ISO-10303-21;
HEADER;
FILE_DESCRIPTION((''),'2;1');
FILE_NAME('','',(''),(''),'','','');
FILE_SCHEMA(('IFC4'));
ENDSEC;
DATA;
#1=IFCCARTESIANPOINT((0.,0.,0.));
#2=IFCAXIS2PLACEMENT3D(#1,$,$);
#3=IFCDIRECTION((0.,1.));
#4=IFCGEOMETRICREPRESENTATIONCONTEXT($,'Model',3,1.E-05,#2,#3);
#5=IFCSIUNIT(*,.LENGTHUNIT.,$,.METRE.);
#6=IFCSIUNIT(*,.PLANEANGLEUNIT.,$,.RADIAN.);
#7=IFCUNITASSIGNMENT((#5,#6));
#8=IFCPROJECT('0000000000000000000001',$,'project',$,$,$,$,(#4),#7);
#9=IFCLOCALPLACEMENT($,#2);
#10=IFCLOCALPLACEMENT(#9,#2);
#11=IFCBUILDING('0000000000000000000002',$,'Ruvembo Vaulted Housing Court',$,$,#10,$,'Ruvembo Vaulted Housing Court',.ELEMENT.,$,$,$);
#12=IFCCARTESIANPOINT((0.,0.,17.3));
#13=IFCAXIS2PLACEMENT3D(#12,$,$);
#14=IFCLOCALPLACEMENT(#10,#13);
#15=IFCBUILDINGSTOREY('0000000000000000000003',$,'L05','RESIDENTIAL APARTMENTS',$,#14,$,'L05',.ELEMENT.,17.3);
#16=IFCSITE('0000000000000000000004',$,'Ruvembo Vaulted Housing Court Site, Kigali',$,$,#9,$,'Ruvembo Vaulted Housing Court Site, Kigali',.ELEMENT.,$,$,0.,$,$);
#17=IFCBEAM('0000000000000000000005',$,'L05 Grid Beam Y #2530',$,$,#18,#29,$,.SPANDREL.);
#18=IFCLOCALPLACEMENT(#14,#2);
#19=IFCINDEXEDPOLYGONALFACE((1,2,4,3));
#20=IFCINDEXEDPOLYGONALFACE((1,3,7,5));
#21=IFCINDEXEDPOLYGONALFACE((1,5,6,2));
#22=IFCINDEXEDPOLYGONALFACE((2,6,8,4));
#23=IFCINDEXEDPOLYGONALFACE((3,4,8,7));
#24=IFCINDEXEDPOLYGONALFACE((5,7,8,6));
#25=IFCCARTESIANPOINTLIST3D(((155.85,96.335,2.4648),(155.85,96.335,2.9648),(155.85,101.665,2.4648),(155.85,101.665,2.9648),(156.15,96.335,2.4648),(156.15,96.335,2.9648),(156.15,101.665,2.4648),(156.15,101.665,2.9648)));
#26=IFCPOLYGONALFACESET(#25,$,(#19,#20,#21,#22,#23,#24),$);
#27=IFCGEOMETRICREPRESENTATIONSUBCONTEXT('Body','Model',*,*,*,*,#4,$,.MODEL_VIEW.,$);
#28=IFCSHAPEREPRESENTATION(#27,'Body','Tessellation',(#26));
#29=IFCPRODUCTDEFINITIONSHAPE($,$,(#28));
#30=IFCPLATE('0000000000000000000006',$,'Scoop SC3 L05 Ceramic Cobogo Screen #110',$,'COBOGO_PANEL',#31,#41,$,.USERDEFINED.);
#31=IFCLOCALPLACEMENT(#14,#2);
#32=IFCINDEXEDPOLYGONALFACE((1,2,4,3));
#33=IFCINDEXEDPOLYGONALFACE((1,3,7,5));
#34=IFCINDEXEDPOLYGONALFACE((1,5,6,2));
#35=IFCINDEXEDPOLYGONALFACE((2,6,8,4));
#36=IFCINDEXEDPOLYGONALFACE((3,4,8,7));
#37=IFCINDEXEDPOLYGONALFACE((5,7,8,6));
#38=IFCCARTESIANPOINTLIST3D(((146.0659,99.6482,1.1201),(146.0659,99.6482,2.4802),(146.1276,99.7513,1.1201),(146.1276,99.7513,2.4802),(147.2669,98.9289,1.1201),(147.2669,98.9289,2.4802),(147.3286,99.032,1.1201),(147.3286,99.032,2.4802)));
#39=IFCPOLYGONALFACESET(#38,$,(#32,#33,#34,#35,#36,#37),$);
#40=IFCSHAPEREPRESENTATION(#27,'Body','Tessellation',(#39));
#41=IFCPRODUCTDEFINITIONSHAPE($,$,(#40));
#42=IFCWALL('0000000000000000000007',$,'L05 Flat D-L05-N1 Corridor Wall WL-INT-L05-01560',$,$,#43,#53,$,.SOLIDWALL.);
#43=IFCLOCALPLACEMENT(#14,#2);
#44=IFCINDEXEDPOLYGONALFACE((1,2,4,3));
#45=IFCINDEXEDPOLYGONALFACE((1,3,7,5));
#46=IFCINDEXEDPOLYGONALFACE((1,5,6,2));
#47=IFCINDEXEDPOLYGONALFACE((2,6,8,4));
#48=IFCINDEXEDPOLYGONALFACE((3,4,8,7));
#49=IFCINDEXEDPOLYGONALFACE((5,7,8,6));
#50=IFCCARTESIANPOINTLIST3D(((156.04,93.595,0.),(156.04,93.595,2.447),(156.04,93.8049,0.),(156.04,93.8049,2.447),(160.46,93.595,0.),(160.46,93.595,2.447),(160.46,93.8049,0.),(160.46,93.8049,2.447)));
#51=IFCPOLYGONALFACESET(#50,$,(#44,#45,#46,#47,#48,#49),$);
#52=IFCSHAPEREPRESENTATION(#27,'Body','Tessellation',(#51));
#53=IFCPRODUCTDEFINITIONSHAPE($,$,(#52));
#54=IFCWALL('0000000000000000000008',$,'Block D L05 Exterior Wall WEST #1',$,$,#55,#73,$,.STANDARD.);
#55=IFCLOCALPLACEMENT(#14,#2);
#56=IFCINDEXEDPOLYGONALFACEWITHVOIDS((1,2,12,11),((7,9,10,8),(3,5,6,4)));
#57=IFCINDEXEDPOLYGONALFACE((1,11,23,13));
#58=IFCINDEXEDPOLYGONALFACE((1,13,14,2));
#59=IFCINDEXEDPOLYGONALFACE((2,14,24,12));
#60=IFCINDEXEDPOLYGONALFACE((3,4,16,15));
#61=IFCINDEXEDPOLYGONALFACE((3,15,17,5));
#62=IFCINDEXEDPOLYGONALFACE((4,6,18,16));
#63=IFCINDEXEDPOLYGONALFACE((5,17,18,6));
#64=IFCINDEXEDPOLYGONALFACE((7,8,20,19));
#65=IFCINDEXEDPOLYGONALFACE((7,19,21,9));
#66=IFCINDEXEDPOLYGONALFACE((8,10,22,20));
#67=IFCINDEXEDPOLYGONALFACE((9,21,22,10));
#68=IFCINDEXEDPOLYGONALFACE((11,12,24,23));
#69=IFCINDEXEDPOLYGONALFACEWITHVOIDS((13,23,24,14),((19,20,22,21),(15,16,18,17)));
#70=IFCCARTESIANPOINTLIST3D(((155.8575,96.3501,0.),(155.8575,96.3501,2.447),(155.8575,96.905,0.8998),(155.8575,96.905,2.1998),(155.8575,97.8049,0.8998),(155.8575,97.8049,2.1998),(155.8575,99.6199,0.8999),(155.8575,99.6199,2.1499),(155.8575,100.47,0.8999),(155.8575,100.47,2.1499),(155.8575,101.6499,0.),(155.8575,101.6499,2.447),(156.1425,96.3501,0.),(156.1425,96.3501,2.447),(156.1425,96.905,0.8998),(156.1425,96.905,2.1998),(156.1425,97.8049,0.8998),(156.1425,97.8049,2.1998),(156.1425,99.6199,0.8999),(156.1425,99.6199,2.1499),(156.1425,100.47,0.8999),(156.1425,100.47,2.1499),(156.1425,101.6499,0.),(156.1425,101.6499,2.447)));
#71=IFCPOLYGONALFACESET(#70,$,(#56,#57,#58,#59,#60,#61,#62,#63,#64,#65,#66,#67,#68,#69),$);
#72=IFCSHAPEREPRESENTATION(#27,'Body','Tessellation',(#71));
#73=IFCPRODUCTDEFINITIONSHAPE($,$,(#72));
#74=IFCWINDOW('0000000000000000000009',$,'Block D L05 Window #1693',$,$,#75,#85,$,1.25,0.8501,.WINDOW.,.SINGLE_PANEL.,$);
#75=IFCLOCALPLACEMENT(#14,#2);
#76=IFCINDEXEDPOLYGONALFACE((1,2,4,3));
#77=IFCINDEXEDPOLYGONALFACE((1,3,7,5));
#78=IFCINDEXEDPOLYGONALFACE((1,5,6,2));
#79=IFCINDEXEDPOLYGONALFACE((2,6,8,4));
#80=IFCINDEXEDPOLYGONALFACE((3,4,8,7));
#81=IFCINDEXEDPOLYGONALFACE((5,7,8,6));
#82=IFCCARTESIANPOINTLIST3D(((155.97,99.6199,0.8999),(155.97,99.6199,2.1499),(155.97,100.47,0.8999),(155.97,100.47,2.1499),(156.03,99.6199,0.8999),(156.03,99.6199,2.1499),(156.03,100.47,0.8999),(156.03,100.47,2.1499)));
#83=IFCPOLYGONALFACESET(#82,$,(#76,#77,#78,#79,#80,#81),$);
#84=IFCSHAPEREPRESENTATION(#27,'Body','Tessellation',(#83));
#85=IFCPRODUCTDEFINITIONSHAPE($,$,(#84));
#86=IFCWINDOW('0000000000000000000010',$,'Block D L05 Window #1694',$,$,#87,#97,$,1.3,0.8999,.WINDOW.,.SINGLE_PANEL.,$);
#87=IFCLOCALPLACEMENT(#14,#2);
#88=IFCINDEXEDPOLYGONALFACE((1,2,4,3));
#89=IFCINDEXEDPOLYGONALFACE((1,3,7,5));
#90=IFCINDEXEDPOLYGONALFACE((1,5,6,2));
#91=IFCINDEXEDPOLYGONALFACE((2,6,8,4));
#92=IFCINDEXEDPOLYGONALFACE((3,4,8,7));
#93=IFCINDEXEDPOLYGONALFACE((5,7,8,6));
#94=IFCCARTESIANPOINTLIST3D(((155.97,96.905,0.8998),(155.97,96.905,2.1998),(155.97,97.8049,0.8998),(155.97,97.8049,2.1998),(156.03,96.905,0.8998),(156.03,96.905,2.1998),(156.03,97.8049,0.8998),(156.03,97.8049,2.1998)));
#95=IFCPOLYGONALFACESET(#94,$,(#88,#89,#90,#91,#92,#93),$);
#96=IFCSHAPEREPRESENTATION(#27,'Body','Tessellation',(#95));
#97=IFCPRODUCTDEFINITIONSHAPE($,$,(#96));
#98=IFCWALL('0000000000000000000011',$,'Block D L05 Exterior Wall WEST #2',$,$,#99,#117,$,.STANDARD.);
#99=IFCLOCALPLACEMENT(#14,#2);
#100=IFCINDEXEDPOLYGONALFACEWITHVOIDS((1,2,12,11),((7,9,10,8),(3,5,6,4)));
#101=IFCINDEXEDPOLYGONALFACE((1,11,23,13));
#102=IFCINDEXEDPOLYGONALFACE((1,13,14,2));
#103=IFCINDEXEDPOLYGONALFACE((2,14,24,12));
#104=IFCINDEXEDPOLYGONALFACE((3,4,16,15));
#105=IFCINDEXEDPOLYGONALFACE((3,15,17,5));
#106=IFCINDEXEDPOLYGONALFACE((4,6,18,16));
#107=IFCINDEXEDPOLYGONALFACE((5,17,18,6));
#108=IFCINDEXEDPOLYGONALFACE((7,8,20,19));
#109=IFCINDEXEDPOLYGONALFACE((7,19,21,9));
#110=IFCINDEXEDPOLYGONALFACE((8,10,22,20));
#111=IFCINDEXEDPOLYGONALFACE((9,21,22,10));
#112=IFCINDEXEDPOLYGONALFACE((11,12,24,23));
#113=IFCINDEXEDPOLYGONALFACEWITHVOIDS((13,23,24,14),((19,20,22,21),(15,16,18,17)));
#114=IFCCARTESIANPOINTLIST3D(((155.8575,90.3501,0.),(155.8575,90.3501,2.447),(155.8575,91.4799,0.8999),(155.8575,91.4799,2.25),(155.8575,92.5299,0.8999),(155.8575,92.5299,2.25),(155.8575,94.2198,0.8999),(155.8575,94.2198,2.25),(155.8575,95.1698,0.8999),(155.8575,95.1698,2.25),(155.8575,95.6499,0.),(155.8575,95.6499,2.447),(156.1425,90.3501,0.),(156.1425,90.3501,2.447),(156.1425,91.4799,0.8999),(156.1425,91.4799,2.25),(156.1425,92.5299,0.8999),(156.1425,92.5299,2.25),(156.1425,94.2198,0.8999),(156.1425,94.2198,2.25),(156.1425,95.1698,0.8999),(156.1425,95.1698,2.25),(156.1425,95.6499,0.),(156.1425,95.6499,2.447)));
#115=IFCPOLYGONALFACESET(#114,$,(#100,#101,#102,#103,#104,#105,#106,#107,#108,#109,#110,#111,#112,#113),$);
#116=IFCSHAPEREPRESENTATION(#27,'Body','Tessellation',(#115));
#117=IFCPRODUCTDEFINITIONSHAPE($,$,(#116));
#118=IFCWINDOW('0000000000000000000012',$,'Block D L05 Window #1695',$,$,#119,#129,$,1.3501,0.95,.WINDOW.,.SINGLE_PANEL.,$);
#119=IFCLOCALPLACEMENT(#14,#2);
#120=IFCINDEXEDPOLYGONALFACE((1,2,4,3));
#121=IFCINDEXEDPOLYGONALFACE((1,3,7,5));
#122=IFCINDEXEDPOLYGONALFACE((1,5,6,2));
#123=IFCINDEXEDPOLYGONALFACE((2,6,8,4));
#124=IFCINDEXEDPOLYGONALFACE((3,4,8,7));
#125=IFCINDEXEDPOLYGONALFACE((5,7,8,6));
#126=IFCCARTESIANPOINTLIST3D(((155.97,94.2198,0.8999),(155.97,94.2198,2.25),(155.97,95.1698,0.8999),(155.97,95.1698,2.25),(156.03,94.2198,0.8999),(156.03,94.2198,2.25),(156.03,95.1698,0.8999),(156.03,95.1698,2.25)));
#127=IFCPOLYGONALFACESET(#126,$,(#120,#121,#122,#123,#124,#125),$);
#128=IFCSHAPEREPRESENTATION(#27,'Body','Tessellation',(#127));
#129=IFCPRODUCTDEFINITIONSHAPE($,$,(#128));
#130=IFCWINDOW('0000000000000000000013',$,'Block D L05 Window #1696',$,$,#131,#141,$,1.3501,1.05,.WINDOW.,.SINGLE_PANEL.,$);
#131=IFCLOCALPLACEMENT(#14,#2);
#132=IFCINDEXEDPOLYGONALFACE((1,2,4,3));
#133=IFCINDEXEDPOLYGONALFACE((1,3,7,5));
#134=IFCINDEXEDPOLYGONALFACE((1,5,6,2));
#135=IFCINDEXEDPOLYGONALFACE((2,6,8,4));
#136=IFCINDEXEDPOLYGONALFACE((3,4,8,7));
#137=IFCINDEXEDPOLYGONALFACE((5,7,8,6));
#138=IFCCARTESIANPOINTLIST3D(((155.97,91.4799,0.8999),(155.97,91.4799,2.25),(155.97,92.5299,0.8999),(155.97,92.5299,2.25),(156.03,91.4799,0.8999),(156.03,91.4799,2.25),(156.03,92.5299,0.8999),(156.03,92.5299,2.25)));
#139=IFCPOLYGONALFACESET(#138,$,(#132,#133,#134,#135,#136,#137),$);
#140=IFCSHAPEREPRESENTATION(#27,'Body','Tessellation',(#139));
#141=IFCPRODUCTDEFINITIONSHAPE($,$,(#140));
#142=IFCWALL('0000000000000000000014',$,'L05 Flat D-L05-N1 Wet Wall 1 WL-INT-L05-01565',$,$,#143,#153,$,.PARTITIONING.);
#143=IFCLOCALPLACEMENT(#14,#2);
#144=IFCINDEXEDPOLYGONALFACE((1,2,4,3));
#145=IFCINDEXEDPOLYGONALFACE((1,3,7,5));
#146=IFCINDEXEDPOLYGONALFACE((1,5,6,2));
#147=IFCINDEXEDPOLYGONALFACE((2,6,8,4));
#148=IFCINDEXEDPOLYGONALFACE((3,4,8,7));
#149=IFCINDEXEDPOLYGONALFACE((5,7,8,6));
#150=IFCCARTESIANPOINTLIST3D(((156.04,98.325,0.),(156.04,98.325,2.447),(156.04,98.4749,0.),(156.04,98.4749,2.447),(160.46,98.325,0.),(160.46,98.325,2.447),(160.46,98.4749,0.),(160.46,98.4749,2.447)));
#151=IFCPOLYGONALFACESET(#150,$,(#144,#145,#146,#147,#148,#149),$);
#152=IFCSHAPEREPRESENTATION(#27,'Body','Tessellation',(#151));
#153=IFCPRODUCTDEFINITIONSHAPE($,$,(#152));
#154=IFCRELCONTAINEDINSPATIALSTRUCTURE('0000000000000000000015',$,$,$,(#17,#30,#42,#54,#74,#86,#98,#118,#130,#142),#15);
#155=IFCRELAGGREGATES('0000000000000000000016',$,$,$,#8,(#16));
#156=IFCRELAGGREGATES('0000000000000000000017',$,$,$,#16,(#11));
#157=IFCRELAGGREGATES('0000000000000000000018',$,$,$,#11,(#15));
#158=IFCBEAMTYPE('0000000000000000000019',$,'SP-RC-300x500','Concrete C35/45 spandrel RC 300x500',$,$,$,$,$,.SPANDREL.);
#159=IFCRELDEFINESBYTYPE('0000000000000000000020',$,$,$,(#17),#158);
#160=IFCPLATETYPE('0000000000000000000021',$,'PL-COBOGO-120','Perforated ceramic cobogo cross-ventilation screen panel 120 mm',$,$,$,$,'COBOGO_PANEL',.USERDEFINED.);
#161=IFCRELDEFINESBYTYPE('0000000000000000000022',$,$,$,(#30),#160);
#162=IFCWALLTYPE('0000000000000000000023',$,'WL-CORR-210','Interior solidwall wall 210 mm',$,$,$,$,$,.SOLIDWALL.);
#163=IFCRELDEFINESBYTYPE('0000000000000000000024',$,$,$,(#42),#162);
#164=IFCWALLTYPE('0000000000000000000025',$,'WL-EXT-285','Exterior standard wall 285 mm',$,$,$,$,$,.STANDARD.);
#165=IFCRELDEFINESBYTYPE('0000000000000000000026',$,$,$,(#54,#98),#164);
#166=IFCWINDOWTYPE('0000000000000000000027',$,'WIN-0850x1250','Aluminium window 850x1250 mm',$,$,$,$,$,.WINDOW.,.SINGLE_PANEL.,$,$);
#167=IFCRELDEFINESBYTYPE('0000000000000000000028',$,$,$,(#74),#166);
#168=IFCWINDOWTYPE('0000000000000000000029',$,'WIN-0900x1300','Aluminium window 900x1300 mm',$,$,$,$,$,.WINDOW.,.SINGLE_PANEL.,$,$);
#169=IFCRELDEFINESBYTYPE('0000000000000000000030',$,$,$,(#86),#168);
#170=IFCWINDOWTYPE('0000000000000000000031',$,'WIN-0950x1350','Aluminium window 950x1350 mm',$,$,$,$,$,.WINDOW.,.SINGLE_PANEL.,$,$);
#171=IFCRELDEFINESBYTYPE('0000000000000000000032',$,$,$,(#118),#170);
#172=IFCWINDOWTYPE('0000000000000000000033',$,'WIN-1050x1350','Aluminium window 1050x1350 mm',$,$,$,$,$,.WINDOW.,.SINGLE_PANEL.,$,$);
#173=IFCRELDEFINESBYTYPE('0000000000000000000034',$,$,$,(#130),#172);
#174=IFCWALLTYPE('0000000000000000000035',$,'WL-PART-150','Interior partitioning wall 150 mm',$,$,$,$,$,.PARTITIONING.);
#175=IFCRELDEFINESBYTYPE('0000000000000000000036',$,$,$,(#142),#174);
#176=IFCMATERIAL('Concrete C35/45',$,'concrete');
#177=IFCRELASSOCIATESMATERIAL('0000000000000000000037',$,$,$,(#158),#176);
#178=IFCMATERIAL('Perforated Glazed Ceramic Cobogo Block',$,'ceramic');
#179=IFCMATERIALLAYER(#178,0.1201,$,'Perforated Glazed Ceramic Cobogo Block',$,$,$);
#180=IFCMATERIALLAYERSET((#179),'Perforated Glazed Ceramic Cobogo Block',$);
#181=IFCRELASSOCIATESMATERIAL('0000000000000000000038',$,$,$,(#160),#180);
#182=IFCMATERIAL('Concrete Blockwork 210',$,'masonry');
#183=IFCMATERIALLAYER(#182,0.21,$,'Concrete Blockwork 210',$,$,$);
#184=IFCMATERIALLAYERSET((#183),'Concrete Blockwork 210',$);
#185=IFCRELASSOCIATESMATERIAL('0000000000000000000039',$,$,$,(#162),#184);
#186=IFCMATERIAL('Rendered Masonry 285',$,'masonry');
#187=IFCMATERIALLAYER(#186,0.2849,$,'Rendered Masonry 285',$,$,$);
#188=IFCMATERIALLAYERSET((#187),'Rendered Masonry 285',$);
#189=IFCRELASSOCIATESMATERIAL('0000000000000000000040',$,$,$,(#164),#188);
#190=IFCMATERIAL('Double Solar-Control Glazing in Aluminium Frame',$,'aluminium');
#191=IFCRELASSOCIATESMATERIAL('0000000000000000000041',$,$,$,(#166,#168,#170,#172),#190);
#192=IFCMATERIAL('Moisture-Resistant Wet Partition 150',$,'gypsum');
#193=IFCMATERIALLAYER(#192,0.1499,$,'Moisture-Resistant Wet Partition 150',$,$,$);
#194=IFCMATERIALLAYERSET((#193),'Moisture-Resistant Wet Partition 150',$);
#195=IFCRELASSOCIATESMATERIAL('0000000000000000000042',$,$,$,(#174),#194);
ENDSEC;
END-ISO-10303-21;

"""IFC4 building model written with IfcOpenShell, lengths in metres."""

from ifc_helpers import new_model, si_unit, direction, frame, frame_2d, origin, origin_2d, place, context, subcontext, project, spatial, rectangle, extrude, material, layer, layer_set, material_profile, profile_set, type_object, element, fill, save


model = new_model("IFC4")

# Units and contexts
model_context = context("Model", 3, precision=1e-05, world=origin(), true_north=direction((0.0, 1.0)))
body_context = subcontext(model_context, "Body", "Model", "MODEL_VIEW")
ifc_project = project(units=[si_unit("LENGTHUNIT", "METRE"), si_unit("PLANEANGLEUNIT", "RADIAN")], contexts=[model_context])

# Site, building, storey
site_placement = place(None, origin())
site = spatial("IfcSite", under=ifc_project, at=site_placement, Name="Ruvembo Vaulted Housing Court Site, Kigali", LongName="Ruvembo Vaulted Housing Court Site, Kigali", CompositionType="ELEMENT", RefElevation=0.0)
building_placement = place(site_placement, origin())
building = spatial("IfcBuilding", under=site, at=building_placement, Name="Ruvembo Vaulted Housing Court", LongName="Ruvembo Vaulted Housing Court", CompositionType="ELEMENT")
storey_placement = place(building_placement, frame((0.0, 0.0, 17.3)))
storey = spatial("IfcBuildingStorey", under=building, at=storey_placement, Name="L05", Description="RESIDENTIAL APARTMENTS", LongName="L05", CompositionType="ELEMENT", Elevation=17.3)

# Shared definitions
ifc_material_1 = material(Name="Concrete C35/45", Category="concrete")

# Beam
ifc_material_profile_1 = material_profile(ifc_material_1, rectangle(XDim=0.3, YDim=0.5, at=origin_2d()), Name="RC 300x500")
ifc_profile_set_1 = profile_set([ifc_material_profile_1], Name="Concrete C35/45")
beam_type_1 = type_object("IfcBeamType", Name="SP-RC-300x500", Description="Concrete C35/45 spandrel RC 300x500", PredefinedType="SPANDREL", material=ifc_profile_set_1)
for number, where, z_axis, x_axis, name in (
    (1, (156.0, 96.335, 2.7148), (0.0, 1.0, 0.0), (-1.0, 0.0, 0.0), "L05 Grid Beam Y #2530"),
):
    element("IfcBeam", number, at=place(storey_placement, frame(where, z_axis=z_axis, x_axis=x_axis)), inside=storey, type_object=beam_type_1, Name=name, PredefinedType="SPANDREL", context=body_context, shape_type="SweptSolid", body=[
        extrude(rectangle(XDim=0.3, YDim=0.5, at=origin_2d()), origin(), (0.0, 0.0, 1.0), 5.3301),
    ])

# Plate
ifc_material_2 = material(Name="Perforated Glazed Ceramic Cobogo Block", Category="ceramic")
ifc_layer_1 = layer(ifc_material_2, 0.1201, Name="Perforated Glazed Ceramic Cobogo Block")
ifc_layer_set_1 = layer_set([ifc_layer_1], Name="Perforated Glazed Ceramic Cobogo Block")
plate_type = type_object("IfcPlateType", Name="PL-COBOGO-120", Description="Perforated ceramic cobogo cross-ventilation screen panel 120 mm", ElementType="COBOGO_PANEL", PredefinedType="USERDEFINED", material=ifc_layer_set_1)
plate_placement = place(storey_placement, frame((146.6973, 99.3401, 1.1201), z_axis=(0.0, 0.0, 1.0), x_axis=(0.857895, -0.513826, 0.0)))
element("IfcPlate", 2, at=plate_placement, inside=storey, type_object=plate_type, Name="Scoop SC3 L05 Ceramic Cobogo Screen #110", ObjectType="COBOGO_PANEL", PredefinedType="USERDEFINED", context=body_context, shape_type="SweptSolid", body=[
    extrude(rectangle(XDim=1.3999, YDim=0.1201, at=origin_2d()), origin(), (0.0, 0.0, 1.0), 1.3601),
])

# Wall
ifc_material_3 = material(Name="Concrete Blockwork 210", Category="masonry")
ifc_layer_2 = layer(ifc_material_3, 0.21, Name="Concrete Blockwork 210")
ifc_layer_set_2 = layer_set([ifc_layer_2], Name="Concrete Blockwork 210")
wall_type_1 = type_object("IfcWallType", Name="WL-CORR-210", Description="Interior solidwall wall 210 mm", PredefinedType="SOLIDWALL", material=ifc_layer_set_2)
wall_1_placement = place(storey_placement, frame((156.04, 93.7, 0.0), z_axis=(0.0, 0.0, 1.0), x_axis=(1.0, 0.0, 0.0)))
element("IfcWall", 3, at=wall_1_placement, inside=storey, type_object=wall_type_1, Name="L05 Flat D-L05-N1 Corridor Wall WL-INT-L05-01560", PredefinedType="SOLIDWALL", context=body_context, shape_type="SweptSolid", body=[
    extrude(rectangle(XDim=4.4199, YDim=0.21, at=frame_2d((2.21, 0.0))), origin(), (0.0, 0.0, 1.0), 2.447),
])

# Walls, openings, windows
ifc_material_4 = material(Name="Rendered Masonry 285", Category="masonry")
ifc_layer_3 = layer(ifc_material_4, 0.2849, Name="Rendered Masonry 285")
ifc_layer_set_3 = layer_set([ifc_layer_3], Name="Rendered Masonry 285")
wall_type_2 = type_object("IfcWallType", Name="WL-EXT-285", Description="Exterior standard wall 285 mm", PredefinedType="STANDARD", material=ifc_layer_set_3)
wall_2_placement = place(storey_placement, frame((156.0, 101.6499, 0.0), z_axis=(0.0, 0.0, 1.0), x_axis=(0.0, -1.0, 0.0)))
wall_2 = element("IfcWall", 4, at=wall_2_placement, inside=storey, type_object=wall_type_2, Name="Block D L05 Exterior Wall WEST #1", PredefinedType="STANDARD", context=body_context, shape_type="SweptSolid", body=[
    extrude(rectangle(XDim=5.2998, YDim=0.2849, at=frame_2d((2.6499, 0.0))), origin(), (0.0, 0.0, 1.0), 2.447),
])
opening_1_placement = place(wall_2_placement, frame((1.1799, 0.0, 0.8999)))
opening_1 = element("IfcOpeningElement", 5, at=opening_1_placement, cuts=wall_2, PredefinedType="OPENING", context=body_context, shape_type="SweptSolid", body=[
    extrude(rectangle(XDim=0.8501, YDim=1.25, at=frame_2d((0.425, 0.625))), frame((0.0, 0.1523, 0.0), z_axis=(0.0, -1.0, 0.0), x_axis=(1.0, 0.0, 0.0)), (0.0, 0.0, 1.0), 0.3049),
])
opening_2_placement = place(wall_2_placement, frame((3.845, 0.0, 0.8999)))
opening_2 = element("IfcOpeningElement", 6, at=opening_2_placement, cuts=wall_2, PredefinedType="OPENING", context=body_context, shape_type="SweptSolid", body=[
    extrude(rectangle(XDim=0.8999, YDim=1.3, at=frame_2d((0.45, 0.6499))), frame((0.0, 0.1523, 0.0), z_axis=(0.0, -1.0, 0.0), x_axis=(1.0, 0.0, 0.0)), (0.0, 0.0, 1.0), 0.3049),
])
ifc_material_5 = material(Name="Double Solar-Control Glazing in Aluminium Frame", Category="aluminium")
window_type_1 = type_object("IfcWindowType", Name="WIN-0850x1250", Description="Aluminium window 850x1250 mm", PartitioningType="SINGLE_PANEL", PredefinedType="WINDOW", material=ifc_material_5)
window_1_placement = place(opening_1_placement, origin())
window_1 = element("IfcWindow", 7, at=window_1_placement, inside=storey, type_object=window_type_1, Name="Block D L05 Window #1693", OverallHeight=1.25, OverallWidth=0.8501, PartitioningType="SINGLE_PANEL", PredefinedType="WINDOW", context=body_context, shape_type="SweptSolid", body=[
    extrude(rectangle(XDim=0.8501, YDim=1.25, at=frame_2d((0.425, 0.625))), frame((0.0, 0.03, 0.0), z_axis=(0.0, -1.0, 0.0), x_axis=(1.0, 0.0, 0.0)), (0.0, 0.0, 1.0), 0.0601),
])
fill(opening_1, window_1)
window_type_2 = type_object("IfcWindowType", Name="WIN-0900x1300", Description="Aluminium window 900x1300 mm", PartitioningType="SINGLE_PANEL", PredefinedType="WINDOW", material=ifc_material_5)
window_2_placement = place(opening_2_placement, origin())
window_2 = element("IfcWindow", 8, at=window_2_placement, inside=storey, type_object=window_type_2, Name="Block D L05 Window #1694", OverallHeight=1.3, OverallWidth=0.8999, PartitioningType="SINGLE_PANEL", PredefinedType="WINDOW", context=body_context, shape_type="SweptSolid", body=[
    extrude(rectangle(XDim=0.8999, YDim=1.3, at=frame_2d((0.45, 0.6499))), frame((0.0, 0.03, 0.0), z_axis=(0.0, -1.0, 0.0), x_axis=(1.0, 0.0, 0.0)), (0.0, 0.0, 1.0), 0.0601),
])
fill(opening_2, window_2)
wall_3_placement = place(storey_placement, frame((156.0, 95.6499, 0.0), z_axis=(0.0, 0.0, 1.0), x_axis=(0.0, -1.0, 0.0)))
wall_3 = element("IfcWall", 9, at=wall_3_placement, inside=storey, type_object=wall_type_2, Name="Block D L05 Exterior Wall WEST #2", PredefinedType="STANDARD", context=body_context, shape_type="SweptSolid", body=[
    extrude(rectangle(XDim=5.2998, YDim=0.2849, at=frame_2d((2.6499, 0.0))), origin(), (0.0, 0.0, 1.0), 2.447),
])
opening_3_placement = place(wall_3_placement, frame((0.48, 0.0, 0.8999)))
opening_3 = element("IfcOpeningElement", 10, at=opening_3_placement, cuts=wall_3, PredefinedType="OPENING", context=body_context, shape_type="SweptSolid", body=[
    extrude(rectangle(XDim=0.95, YDim=1.3501, at=frame_2d((0.4751, 0.675))), frame((0.0, 0.1523, 0.0), z_axis=(0.0, -1.0, 0.0), x_axis=(1.0, 0.0, 0.0)), (0.0, 0.0, 1.0), 0.3049),
])
opening_4_placement = place(wall_3_placement, frame((3.1201, 0.0, 0.8999)))
opening_4 = element("IfcOpeningElement", 11, at=opening_4_placement, cuts=wall_3, PredefinedType="OPENING", context=body_context, shape_type="SweptSolid", body=[
    extrude(rectangle(XDim=1.05, YDim=1.3501, at=frame_2d((0.5249, 0.675))), frame((0.0, 0.1523, 0.0), z_axis=(0.0, -1.0, 0.0), x_axis=(1.0, 0.0, 0.0)), (0.0, 0.0, 1.0), 0.3049),
])
window_type_3 = type_object("IfcWindowType", Name="WIN-0950x1350", Description="Aluminium window 950x1350 mm", PartitioningType="SINGLE_PANEL", PredefinedType="WINDOW", material=ifc_material_5)
window_3_placement = place(opening_3_placement, origin())
window_3 = element("IfcWindow", 12, at=window_3_placement, inside=storey, type_object=window_type_3, Name="Block D L05 Window #1695", OverallHeight=1.3501, OverallWidth=0.95, PartitioningType="SINGLE_PANEL", PredefinedType="WINDOW", context=body_context, shape_type="SweptSolid", body=[
    extrude(rectangle(XDim=0.95, YDim=1.3501, at=frame_2d((0.4751, 0.675))), frame((0.0, 0.03, 0.0), z_axis=(0.0, -1.0, 0.0), x_axis=(1.0, 0.0, 0.0)), (0.0, 0.0, 1.0), 0.0601),
])
fill(opening_3, window_3)
window_type_4 = type_object("IfcWindowType", Name="WIN-1050x1350", Description="Aluminium window 1050x1350 mm", PartitioningType="SINGLE_PANEL", PredefinedType="WINDOW", material=ifc_material_5)
window_4_placement = place(opening_4_placement, origin())
window_4 = element("IfcWindow", 13, at=window_4_placement, inside=storey, type_object=window_type_4, Name="Block D L05 Window #1696", OverallHeight=1.3501, OverallWidth=1.05, PartitioningType="SINGLE_PANEL", PredefinedType="WINDOW", context=body_context, shape_type="SweptSolid", body=[
    extrude(rectangle(XDim=1.05, YDim=1.3501, at=frame_2d((0.5249, 0.675))), frame((0.0, 0.03, 0.0), z_axis=(0.0, -1.0, 0.0), x_axis=(1.0, 0.0, 0.0)), (0.0, 0.0, 1.0), 0.0601),
])
fill(opening_4, window_4)

# Wall
ifc_material_6 = material(Name="Moisture-Resistant Wet Partition 150", Category="gypsum")
ifc_layer_4 = layer(ifc_material_6, 0.1499, Name="Moisture-Resistant Wet Partition 150")
ifc_layer_set_4 = layer_set([ifc_layer_4], Name="Moisture-Resistant Wet Partition 150")
wall_type_3 = type_object("IfcWallType", Name="WL-PART-150", Description="Interior partitioning wall 150 mm", PredefinedType="PARTITIONING", material=ifc_layer_set_4)
wall_4_placement = place(storey_placement, frame((156.04, 98.3999, 0.0), z_axis=(0.0, 0.0, 1.0), x_axis=(1.0, 0.0, 0.0)))
element("IfcWall", 14, at=wall_4_placement, inside=storey, type_object=wall_type_3, Name="L05 Flat D-L05-N1 Wet Wall 1 WL-INT-L05-01565", PredefinedType="PARTITIONING", context=body_context, shape_type="SweptSolid", body=[
    extrude(rectangle(XDim=4.4199, YDim=0.1499, at=frame_2d((2.21, 0.0))), origin(), (0.0, 0.0, 1.0), 2.447),
])

save(model, "model.ifc")
